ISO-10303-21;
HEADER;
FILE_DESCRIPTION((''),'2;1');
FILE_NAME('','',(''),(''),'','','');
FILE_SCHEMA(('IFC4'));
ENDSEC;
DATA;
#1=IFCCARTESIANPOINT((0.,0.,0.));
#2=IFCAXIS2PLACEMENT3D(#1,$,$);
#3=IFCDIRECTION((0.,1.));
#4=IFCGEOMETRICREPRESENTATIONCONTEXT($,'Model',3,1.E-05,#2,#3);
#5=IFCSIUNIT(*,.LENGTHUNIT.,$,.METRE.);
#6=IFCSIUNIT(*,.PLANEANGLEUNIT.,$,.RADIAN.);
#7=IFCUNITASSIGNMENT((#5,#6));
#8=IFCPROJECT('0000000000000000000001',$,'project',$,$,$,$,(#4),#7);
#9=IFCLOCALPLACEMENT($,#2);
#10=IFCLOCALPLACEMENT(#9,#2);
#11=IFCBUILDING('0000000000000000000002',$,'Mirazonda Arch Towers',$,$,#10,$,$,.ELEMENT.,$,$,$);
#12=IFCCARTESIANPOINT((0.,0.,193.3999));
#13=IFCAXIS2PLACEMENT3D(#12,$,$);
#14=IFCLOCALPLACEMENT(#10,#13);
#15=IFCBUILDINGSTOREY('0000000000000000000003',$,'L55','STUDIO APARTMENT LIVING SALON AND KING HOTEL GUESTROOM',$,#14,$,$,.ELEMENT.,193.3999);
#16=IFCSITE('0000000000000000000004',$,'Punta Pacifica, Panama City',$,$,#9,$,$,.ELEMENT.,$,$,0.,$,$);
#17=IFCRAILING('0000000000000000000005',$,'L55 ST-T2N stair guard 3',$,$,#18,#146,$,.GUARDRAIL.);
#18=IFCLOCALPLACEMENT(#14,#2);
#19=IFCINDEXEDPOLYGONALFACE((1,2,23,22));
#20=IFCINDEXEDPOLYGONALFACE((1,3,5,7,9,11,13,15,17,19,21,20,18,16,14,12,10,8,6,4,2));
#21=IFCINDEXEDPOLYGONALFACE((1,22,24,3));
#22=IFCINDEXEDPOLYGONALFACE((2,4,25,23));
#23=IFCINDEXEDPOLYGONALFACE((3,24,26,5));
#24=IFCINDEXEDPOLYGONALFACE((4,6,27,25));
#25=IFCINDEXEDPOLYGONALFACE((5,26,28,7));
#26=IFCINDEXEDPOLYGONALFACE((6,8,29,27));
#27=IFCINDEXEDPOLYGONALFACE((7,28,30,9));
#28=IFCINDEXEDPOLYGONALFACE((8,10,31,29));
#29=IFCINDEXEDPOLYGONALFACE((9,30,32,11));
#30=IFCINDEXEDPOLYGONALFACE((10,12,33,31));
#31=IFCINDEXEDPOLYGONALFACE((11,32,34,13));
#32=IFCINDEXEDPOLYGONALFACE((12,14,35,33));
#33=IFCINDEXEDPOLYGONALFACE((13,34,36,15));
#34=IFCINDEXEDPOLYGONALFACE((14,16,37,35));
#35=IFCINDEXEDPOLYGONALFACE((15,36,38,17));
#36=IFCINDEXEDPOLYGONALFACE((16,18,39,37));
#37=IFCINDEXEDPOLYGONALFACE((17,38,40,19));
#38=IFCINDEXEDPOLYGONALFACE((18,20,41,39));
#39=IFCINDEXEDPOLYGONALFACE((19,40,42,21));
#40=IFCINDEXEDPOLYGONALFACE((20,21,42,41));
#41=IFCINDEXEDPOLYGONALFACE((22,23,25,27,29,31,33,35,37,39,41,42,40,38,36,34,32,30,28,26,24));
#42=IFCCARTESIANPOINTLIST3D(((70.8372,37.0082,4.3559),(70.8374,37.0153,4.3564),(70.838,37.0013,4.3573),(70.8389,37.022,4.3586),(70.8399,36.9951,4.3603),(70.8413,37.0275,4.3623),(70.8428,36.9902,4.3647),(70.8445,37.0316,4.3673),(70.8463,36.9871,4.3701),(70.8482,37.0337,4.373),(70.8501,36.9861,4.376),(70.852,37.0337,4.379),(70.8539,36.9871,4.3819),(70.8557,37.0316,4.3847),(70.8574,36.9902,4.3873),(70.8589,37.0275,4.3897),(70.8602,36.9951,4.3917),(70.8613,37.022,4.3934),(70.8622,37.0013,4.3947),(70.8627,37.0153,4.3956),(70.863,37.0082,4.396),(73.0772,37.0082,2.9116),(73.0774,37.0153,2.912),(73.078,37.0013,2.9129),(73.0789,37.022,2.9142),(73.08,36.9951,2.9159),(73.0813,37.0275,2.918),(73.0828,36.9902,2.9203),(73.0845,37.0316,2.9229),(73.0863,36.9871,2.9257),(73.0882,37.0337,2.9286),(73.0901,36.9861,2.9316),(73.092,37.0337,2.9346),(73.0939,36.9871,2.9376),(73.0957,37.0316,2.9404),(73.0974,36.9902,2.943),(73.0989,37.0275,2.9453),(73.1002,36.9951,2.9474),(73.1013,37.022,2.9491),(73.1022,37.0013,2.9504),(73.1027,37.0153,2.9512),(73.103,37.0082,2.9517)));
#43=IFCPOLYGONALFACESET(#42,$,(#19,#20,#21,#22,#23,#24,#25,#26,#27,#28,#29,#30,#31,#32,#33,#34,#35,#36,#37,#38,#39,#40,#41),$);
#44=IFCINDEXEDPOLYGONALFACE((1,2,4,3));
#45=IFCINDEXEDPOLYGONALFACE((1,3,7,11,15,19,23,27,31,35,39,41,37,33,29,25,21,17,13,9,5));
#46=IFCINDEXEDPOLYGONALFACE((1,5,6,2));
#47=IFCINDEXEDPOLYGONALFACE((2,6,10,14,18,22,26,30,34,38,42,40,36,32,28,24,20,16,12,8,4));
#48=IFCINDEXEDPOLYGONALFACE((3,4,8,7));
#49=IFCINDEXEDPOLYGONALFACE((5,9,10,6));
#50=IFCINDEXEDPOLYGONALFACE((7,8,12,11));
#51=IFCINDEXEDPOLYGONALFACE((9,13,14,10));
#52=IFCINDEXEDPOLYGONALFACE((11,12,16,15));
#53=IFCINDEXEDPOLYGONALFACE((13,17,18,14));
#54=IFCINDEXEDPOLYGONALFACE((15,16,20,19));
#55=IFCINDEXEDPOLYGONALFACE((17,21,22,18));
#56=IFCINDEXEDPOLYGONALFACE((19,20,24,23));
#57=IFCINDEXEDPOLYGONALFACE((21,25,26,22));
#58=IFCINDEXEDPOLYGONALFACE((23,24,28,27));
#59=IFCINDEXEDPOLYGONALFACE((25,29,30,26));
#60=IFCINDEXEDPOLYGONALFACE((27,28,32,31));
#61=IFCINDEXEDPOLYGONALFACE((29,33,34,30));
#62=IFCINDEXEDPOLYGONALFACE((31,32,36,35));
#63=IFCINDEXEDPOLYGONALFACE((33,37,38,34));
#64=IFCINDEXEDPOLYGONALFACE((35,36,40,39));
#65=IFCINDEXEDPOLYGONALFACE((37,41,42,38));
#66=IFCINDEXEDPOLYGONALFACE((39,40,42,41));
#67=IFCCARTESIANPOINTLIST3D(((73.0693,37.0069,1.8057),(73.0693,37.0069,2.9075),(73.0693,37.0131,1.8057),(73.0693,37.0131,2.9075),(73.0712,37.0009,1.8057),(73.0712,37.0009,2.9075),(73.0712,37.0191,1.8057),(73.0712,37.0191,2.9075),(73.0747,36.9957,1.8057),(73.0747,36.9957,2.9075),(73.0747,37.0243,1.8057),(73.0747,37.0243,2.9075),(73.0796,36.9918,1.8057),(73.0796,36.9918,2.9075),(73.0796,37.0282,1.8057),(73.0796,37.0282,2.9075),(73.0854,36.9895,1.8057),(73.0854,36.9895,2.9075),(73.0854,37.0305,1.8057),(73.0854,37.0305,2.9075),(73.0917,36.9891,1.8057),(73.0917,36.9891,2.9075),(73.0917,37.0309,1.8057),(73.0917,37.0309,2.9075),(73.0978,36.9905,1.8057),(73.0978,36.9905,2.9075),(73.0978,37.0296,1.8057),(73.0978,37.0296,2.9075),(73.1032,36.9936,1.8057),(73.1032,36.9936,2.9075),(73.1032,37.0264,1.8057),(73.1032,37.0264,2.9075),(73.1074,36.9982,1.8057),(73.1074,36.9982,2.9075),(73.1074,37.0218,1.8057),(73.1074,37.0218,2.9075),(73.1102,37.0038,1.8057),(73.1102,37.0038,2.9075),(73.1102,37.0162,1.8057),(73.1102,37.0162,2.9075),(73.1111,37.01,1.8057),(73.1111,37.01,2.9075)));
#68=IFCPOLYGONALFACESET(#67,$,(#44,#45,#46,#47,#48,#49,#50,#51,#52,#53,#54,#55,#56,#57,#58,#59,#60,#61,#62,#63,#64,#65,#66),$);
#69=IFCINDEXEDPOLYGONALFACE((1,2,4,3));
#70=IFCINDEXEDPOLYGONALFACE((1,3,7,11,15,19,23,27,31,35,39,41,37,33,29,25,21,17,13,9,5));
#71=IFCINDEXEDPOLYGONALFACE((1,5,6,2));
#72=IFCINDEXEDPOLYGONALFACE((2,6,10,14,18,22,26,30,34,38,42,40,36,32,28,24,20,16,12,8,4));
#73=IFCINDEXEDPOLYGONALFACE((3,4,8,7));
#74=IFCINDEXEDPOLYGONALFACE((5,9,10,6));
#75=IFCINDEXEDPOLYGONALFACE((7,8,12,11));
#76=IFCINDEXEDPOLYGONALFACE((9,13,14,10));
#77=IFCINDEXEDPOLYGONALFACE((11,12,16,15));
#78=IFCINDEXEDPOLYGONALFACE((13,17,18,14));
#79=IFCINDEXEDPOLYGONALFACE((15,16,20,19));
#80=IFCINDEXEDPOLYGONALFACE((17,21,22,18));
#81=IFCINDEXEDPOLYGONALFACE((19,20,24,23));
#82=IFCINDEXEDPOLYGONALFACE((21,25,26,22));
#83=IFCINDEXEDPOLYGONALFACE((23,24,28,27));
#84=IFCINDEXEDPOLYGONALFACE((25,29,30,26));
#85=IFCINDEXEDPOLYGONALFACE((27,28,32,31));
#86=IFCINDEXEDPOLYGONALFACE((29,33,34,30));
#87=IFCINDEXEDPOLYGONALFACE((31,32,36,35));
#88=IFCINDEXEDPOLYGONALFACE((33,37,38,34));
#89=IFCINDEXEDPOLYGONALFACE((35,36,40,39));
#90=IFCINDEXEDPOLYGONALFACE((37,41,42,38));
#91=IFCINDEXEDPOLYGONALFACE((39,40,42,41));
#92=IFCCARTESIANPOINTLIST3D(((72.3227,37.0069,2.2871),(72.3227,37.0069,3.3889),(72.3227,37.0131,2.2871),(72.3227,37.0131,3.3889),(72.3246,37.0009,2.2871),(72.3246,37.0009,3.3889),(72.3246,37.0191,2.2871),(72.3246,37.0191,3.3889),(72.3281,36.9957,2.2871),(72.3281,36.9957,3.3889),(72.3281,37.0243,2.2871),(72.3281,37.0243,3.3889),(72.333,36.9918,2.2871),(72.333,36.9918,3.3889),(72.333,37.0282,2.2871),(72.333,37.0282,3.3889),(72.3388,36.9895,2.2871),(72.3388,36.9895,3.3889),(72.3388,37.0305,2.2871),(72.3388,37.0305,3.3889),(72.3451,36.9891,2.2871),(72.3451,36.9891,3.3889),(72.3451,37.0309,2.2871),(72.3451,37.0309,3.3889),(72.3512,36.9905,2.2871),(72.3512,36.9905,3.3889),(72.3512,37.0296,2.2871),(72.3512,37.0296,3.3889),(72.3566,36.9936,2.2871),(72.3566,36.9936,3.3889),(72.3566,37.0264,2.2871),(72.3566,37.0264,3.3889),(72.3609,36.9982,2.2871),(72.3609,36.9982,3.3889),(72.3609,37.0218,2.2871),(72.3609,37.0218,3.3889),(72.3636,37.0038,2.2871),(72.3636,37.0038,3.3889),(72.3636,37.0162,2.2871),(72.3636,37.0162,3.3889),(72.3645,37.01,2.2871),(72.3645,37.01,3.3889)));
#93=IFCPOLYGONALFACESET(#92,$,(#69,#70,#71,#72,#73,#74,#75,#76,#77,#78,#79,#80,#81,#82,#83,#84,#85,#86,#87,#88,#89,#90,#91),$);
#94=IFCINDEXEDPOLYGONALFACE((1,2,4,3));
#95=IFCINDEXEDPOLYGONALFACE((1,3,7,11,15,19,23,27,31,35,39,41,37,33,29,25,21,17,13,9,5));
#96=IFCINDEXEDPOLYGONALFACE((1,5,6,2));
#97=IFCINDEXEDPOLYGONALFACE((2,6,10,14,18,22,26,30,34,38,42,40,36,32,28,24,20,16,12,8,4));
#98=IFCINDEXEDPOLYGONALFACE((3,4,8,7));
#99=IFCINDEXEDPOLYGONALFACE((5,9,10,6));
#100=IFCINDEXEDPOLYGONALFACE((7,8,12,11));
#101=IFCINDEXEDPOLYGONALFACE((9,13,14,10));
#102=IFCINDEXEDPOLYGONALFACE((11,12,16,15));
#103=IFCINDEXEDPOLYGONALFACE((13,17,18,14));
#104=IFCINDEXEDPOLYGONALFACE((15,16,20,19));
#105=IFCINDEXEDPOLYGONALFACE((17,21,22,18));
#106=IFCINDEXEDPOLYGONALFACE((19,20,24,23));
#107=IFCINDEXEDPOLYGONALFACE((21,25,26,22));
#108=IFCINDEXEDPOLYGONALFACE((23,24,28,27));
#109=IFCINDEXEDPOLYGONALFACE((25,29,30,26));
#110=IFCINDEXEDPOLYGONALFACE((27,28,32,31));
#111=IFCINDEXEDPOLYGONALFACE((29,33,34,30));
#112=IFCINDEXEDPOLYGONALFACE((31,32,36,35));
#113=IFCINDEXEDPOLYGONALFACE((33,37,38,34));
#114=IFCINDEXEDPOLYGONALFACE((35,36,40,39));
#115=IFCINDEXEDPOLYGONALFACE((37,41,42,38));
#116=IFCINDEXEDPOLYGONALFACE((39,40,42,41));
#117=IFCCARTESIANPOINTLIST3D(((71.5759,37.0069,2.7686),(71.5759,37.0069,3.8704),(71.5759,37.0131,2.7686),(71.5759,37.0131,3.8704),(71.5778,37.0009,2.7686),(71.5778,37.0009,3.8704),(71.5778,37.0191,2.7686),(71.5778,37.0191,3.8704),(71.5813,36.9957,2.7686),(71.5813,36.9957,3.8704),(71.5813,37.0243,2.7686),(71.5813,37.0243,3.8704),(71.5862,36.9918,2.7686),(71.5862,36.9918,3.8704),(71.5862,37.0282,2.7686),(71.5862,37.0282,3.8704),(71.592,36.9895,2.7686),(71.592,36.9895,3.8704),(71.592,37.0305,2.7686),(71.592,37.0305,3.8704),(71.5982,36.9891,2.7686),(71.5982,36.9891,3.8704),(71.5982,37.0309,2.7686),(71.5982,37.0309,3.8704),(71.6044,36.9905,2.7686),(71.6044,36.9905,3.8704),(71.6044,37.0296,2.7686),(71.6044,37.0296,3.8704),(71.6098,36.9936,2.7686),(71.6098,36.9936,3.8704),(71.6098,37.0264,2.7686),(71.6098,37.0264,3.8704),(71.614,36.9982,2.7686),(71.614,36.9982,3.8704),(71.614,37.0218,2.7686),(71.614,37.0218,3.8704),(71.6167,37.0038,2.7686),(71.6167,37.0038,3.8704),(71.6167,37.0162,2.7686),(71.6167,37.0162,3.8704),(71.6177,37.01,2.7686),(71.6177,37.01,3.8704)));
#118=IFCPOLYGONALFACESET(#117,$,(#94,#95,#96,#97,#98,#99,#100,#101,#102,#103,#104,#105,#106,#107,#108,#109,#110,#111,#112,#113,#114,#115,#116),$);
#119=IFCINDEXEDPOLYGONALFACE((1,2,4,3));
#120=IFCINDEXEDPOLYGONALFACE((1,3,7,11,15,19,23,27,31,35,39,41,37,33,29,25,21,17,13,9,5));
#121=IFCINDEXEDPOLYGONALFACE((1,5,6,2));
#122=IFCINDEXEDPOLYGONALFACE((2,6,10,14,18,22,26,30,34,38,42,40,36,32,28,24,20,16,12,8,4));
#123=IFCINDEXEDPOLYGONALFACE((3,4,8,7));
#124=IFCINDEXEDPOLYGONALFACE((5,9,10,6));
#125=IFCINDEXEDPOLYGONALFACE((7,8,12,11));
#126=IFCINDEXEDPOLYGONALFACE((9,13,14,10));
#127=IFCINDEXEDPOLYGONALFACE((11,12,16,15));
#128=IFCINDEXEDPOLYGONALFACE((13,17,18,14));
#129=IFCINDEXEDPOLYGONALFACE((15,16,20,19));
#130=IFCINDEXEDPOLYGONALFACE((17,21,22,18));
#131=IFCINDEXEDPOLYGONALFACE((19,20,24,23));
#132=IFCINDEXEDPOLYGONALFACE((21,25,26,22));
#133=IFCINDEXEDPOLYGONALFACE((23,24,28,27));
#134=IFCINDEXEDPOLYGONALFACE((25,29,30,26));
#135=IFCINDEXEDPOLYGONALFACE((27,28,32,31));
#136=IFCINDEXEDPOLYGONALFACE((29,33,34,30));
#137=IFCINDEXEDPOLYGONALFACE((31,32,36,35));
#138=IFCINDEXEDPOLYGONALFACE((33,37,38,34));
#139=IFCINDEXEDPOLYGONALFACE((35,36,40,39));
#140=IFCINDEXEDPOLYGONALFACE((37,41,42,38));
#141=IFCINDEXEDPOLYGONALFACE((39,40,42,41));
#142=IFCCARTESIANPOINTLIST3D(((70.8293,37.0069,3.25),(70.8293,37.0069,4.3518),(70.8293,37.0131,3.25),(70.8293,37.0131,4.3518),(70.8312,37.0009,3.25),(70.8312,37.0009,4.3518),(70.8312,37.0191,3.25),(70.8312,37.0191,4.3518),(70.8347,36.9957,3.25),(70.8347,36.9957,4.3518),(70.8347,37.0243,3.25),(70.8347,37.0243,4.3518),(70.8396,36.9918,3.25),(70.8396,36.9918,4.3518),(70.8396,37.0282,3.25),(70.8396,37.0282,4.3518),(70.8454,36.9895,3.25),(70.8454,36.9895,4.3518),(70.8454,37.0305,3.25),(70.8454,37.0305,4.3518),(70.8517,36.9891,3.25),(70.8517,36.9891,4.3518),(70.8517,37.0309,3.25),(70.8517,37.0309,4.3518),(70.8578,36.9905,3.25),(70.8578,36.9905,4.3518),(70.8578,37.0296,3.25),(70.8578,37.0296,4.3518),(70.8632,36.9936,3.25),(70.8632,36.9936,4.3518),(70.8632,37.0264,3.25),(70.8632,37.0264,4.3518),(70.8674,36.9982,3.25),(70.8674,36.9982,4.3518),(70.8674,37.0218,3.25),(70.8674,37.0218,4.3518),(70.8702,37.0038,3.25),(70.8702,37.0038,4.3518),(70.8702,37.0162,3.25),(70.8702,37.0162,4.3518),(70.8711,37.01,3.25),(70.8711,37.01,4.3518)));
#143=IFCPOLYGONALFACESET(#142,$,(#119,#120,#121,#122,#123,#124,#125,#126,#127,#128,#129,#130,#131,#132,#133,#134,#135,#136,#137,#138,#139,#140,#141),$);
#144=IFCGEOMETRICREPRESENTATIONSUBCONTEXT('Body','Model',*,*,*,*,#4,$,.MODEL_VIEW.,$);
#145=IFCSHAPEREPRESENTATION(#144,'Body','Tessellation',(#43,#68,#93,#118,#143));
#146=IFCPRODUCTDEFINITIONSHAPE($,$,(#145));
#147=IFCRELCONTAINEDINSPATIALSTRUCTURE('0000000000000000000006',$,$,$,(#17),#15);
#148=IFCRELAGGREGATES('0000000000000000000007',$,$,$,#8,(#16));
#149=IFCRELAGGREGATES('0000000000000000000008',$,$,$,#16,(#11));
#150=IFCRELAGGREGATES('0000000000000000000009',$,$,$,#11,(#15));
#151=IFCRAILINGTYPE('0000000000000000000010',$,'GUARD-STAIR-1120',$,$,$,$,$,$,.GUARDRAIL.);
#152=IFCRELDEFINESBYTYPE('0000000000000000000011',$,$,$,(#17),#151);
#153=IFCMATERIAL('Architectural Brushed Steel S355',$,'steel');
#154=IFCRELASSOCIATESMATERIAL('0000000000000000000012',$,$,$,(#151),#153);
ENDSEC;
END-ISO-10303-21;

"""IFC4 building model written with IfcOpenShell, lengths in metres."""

from ifc_helpers import new_model, si_unit, direction, frame, origin, origin_2d, place, context, subcontext, project, spatial, circle, extrude, material, type_object, element, save


model = new_model("IFC4")

# Units and contexts
model_context = context("Model", 3, precision=1e-05, world=origin(), true_north=direction((0.0, 1.0)))
body_context = subcontext(model_context, "Body", "Model", "MODEL_VIEW")
ifc_project = project(units=[si_unit("LENGTHUNIT", "METRE"), si_unit("PLANEANGLEUNIT", "RADIAN")], contexts=[model_context])

# Site, building, storey
site_placement = place(None, origin())
site = spatial("IfcSite", under=ifc_project, at=site_placement, Name="Punta Pacifica, Panama City", CompositionType="ELEMENT", RefElevation=0.0)
building_placement = place(site_placement, origin())
building = spatial("IfcBuilding", under=site, at=building_placement, Name="Mirazonda Arch Towers", CompositionType="ELEMENT")
storey_placement = place(building_placement, frame((0.0, 0.0, 193.3999)))
storey = spatial("IfcBuildingStorey", under=building, at=storey_placement, Name="L55", Description="STUDIO APARTMENT LIVING SALON AND KING HOTEL GUESTROOM", CompositionType="ELEMENT", Elevation=193.3999)

# Shared definitions
ifc_material_1 = material(Name="Architectural Brushed Steel S355", Category="steel")

# Railing
railing_type_1 = type_object("IfcRailingType", Name="GUARD-STAIR-1120", PredefinedType="GUARDRAIL", material=ifc_material_1)
railing_1_placement = place(storey_placement, frame((73.0901, 37.01, 1.8057)))
element("IfcRailing", 1, at=railing_1_placement, inside=storey, type_object=railing_type_1, Name="L55 ST-T2N stair guard 3", PredefinedType="GUARDRAIL", context=body_context, shape_type="SweptSolid", body=[
    extrude(circle(Radius=0.0239, at=origin_2d()), frame((0.0, 0.0, 1.126), z_axis=(-0.840437, 0.0, 0.54191), x_axis=(0.0, -1.0, 0.0)), (0.0, 0.0, 1.0), 2.6653),
    extrude(circle(Radius=0.021, at=origin_2d()), origin(), (0.0, 0.0, 1.0), 1.1018),
    extrude(circle(Radius=0.021, at=origin_2d()), frame((-0.7466, 0.0, 0.4814)), (0.0, 0.0, 1.0), 1.1018),
    extrude(circle(Radius=0.021, at=origin_2d()), frame((-1.4934, 0.0, 0.9629)), (0.0, 0.0, 1.0), 1.1018),
    extrude(circle(Radius=0.021, at=origin_2d()), frame((-2.24, 0.0, 1.4443)), (0.0, 0.0, 1.0), 1.1018),
])

save(model, "model.ifc")
